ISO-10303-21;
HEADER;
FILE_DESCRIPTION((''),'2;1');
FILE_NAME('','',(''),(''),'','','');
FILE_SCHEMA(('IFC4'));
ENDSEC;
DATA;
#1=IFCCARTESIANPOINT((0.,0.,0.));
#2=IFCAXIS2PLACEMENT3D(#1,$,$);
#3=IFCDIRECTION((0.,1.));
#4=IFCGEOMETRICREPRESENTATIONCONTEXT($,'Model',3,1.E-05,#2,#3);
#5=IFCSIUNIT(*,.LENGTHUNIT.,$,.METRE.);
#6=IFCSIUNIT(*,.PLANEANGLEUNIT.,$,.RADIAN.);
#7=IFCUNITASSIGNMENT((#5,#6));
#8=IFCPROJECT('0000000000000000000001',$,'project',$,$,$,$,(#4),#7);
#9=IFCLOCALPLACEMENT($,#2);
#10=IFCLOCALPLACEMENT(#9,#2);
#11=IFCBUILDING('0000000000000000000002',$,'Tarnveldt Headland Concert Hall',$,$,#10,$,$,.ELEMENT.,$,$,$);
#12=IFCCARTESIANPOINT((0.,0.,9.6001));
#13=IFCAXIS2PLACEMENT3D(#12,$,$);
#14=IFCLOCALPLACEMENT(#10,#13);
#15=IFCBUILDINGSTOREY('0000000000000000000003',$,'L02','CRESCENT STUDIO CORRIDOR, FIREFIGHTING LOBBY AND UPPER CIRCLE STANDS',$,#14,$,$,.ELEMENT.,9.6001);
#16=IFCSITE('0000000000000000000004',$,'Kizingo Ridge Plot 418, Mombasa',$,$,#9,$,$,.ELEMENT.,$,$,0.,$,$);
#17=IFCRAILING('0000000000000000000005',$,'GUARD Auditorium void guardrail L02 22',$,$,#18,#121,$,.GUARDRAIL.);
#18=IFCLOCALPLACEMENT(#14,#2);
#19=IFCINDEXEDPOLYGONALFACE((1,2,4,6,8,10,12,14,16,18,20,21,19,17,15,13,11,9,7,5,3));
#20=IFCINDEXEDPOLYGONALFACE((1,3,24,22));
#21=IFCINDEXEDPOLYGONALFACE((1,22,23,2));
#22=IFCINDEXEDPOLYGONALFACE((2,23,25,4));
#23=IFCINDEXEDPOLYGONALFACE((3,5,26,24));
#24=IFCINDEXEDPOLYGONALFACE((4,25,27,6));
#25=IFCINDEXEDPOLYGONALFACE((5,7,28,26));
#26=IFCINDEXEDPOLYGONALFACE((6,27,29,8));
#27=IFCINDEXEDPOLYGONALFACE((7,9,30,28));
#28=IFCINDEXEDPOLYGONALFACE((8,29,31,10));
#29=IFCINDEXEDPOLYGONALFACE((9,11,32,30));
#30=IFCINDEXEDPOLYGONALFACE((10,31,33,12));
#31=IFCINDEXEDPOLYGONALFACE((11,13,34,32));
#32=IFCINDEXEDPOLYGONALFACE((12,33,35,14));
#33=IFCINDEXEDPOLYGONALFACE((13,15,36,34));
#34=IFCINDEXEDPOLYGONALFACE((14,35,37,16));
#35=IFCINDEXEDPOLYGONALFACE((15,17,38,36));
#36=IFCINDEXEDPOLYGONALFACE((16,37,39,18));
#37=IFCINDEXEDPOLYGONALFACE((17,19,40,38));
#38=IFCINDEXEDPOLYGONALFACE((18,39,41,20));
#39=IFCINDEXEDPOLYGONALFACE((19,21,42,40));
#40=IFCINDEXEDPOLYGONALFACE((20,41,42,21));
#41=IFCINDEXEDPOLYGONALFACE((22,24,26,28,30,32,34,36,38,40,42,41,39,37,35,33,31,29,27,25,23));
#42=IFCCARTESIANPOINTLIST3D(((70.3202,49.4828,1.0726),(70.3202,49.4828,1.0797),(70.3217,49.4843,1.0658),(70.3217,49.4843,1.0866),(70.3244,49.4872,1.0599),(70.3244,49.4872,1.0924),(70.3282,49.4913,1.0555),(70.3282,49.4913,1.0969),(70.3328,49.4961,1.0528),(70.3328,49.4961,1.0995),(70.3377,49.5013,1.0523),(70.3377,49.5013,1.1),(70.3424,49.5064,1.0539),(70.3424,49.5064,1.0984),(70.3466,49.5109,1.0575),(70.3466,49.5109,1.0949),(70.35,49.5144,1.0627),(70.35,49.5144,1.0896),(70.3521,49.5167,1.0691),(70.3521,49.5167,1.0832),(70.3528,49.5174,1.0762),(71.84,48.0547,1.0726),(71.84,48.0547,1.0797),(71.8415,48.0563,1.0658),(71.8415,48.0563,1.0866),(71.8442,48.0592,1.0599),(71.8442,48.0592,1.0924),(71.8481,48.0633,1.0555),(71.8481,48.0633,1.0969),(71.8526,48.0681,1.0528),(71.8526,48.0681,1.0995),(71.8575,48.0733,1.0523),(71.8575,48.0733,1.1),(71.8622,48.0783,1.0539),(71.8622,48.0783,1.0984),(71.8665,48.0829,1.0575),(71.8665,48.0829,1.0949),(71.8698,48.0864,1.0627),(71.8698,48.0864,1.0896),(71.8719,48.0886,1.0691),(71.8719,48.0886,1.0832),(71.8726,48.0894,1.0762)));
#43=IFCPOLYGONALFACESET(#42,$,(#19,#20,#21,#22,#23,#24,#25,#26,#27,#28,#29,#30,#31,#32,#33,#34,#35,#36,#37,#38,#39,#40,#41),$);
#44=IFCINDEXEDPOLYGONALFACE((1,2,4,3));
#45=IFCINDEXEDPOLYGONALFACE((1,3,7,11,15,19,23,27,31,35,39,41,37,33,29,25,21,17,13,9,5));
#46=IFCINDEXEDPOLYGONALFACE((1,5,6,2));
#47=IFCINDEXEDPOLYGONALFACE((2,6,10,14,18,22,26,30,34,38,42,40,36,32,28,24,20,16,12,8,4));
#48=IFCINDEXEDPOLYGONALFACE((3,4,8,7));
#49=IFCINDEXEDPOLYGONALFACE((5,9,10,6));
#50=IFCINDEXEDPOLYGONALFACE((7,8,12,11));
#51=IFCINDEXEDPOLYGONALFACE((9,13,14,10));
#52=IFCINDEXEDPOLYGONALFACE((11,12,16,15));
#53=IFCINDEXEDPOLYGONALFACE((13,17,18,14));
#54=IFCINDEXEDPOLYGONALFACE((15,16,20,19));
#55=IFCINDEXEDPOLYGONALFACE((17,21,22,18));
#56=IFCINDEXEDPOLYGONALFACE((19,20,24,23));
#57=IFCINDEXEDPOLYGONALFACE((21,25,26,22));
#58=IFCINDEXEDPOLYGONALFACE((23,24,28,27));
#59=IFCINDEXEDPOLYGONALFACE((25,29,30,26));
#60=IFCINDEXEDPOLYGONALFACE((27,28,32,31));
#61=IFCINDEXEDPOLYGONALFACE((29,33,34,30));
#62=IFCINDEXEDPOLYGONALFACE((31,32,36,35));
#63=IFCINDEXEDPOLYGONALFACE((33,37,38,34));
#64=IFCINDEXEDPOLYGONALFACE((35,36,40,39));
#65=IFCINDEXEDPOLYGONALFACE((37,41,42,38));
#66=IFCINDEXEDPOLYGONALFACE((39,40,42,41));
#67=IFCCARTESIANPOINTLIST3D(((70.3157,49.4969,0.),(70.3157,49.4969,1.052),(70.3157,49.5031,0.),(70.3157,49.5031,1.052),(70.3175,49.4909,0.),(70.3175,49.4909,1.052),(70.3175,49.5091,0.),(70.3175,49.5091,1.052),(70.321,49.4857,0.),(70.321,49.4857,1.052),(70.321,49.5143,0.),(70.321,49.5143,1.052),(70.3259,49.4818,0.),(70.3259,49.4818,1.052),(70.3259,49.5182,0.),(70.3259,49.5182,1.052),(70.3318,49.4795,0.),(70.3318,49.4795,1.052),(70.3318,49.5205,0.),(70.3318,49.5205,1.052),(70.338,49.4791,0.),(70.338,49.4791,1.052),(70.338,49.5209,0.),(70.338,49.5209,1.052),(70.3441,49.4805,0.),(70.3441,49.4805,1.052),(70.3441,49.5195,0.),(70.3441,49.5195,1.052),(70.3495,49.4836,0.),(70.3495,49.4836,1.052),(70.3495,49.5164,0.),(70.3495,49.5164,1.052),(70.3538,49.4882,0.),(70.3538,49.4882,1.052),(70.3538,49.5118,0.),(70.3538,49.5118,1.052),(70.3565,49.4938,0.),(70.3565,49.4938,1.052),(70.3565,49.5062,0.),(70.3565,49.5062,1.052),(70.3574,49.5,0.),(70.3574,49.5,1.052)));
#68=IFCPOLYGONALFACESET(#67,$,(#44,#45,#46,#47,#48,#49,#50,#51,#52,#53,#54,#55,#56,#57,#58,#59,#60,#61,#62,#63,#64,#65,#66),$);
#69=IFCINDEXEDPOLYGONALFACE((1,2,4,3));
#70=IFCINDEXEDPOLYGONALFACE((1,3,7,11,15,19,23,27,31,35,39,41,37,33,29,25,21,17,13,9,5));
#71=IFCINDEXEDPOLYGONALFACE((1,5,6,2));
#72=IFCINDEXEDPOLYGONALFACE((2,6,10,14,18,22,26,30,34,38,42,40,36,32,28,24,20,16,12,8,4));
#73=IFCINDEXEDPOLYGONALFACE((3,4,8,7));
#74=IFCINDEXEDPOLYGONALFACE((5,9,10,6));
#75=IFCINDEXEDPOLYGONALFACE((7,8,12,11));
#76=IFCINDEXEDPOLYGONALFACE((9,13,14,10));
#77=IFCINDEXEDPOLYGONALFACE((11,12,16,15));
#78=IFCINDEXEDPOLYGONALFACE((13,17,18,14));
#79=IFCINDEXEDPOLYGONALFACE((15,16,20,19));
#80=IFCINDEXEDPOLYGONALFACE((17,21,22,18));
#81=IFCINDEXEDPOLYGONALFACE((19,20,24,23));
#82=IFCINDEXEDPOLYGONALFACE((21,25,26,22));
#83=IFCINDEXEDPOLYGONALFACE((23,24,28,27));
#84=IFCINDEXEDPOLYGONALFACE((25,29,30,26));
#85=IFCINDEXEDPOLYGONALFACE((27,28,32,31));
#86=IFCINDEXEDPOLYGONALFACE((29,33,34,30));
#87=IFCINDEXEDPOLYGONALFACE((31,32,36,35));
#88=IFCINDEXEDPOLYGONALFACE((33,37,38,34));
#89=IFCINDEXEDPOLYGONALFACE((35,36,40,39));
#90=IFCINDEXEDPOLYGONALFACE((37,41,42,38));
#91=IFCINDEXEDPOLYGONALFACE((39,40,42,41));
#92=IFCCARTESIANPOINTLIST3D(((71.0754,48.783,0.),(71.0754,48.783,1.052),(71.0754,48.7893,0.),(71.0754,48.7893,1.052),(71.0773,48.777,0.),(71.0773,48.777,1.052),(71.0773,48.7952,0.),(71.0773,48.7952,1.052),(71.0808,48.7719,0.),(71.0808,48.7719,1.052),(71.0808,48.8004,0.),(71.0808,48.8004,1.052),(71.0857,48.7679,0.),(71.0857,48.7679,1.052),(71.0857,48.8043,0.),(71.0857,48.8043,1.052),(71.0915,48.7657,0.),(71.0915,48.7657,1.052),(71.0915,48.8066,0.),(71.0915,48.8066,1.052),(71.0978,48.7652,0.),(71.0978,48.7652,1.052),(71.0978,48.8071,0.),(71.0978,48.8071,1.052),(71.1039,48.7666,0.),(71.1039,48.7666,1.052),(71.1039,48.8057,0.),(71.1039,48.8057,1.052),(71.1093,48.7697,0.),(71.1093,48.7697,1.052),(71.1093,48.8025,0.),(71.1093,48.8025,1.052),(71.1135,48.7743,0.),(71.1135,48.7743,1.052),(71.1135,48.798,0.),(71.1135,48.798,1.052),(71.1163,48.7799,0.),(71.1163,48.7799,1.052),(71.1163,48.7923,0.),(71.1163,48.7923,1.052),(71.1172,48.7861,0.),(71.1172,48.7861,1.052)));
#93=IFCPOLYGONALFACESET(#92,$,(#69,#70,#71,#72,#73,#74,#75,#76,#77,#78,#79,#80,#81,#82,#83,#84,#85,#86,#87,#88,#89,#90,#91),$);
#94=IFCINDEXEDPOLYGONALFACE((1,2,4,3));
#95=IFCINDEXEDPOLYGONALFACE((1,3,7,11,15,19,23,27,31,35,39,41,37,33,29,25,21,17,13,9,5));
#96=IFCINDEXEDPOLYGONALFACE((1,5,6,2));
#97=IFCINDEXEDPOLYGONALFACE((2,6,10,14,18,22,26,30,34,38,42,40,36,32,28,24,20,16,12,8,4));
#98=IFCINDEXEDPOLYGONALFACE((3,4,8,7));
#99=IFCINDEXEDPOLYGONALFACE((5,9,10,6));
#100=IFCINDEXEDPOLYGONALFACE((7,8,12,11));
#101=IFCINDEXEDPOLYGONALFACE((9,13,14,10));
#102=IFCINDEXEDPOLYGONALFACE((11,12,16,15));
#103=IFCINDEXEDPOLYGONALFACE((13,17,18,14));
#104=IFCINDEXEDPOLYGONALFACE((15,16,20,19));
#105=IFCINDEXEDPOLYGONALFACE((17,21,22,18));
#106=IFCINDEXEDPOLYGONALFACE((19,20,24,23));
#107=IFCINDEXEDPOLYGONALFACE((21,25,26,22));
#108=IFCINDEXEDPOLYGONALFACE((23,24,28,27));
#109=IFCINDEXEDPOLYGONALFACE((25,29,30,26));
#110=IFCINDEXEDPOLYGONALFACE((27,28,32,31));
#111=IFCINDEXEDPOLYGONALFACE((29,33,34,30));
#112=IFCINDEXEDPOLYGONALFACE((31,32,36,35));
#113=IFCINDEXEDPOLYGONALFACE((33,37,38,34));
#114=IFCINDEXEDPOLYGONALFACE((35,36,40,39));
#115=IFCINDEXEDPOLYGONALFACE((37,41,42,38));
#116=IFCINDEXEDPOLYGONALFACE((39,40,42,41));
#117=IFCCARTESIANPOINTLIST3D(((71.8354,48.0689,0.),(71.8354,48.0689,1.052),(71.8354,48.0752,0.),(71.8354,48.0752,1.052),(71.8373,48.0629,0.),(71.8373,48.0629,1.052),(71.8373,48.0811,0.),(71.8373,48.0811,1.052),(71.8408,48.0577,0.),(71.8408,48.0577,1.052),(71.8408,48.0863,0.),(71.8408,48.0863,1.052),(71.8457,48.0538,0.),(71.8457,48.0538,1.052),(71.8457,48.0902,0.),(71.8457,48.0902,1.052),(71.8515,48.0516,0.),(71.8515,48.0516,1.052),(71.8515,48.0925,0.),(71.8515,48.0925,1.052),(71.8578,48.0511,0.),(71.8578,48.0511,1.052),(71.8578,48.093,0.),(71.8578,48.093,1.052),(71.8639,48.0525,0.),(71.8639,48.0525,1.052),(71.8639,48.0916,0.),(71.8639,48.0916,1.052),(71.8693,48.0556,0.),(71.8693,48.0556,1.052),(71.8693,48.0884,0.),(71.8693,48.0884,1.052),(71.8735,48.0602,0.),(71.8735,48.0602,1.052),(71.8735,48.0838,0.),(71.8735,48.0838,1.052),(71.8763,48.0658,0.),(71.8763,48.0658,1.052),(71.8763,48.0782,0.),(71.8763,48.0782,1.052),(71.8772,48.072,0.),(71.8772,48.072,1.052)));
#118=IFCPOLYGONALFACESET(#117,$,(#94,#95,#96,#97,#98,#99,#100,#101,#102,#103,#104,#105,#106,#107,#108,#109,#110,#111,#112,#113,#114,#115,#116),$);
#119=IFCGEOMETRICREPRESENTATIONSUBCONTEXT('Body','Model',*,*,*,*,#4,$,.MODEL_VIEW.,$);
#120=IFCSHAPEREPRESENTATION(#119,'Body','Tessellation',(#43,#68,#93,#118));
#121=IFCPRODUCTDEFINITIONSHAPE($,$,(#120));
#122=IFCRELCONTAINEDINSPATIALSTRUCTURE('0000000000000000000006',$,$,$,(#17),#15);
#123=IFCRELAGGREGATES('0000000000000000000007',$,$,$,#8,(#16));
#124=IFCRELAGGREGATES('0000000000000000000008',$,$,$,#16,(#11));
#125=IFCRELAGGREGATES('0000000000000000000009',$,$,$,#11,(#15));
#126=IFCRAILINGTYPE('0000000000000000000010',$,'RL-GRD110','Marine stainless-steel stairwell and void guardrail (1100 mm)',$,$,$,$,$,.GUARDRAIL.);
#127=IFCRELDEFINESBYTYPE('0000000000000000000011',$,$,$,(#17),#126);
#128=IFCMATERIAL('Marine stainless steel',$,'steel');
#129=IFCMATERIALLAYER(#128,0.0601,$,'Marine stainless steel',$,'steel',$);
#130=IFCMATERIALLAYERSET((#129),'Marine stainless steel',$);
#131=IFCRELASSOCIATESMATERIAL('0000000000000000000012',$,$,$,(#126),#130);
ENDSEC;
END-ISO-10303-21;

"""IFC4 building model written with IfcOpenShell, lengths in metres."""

from ifc_helpers import new_model, si_unit, direction, frame, origin, origin_2d, place, context, subcontext, project, spatial, circle, extrude, material, layer, layer_set, type_object, element, save


model = new_model("IFC4")

# Units and contexts
model_context = context("Model", 3, precision=1e-05, world=origin(), true_north=direction((0.0, 1.0)))
body_context = subcontext(model_context, "Body", "Model", "MODEL_VIEW")
ifc_project = project(units=[si_unit("LENGTHUNIT", "METRE"), si_unit("PLANEANGLEUNIT", "RADIAN")], contexts=[model_context])

# Site, building, storey
site_placement = place(None, origin())
site = spatial("IfcSite", under=ifc_project, at=site_placement, Name="Kizingo Ridge Plot 418, Mombasa", CompositionType="ELEMENT", RefElevation=0.0)
building_placement = place(site_placement, origin())
building = spatial("IfcBuilding", under=site, at=building_placement, Name="Tarnveldt Headland Concert Hall", CompositionType="ELEMENT")
storey_placement = place(building_placement, frame((0.0, 0.0, 9.6001)))
storey = spatial("IfcBuildingStorey", under=building, at=storey_placement, Name="L02", Description="CRESCENT STUDIO CORRIDOR, FIREFIGHTING LOBBY AND UPPER CIRCLE STANDS", CompositionType="ELEMENT", Elevation=9.6001)

# Railing
ifc_material_1 = material(Name="Marine stainless steel", Category="steel")
ifc_layer_1 = layer(ifc_material_1, 0.0601, Name="Marine stainless steel", Category="steel")
ifc_layer_set_1 = layer_set([ifc_layer_1], Name="Marine stainless steel")
railing_type = type_object("IfcRailingType", Name="RL-GRD110", Description="Marine stainless-steel stairwell and void guardrail (1100 mm)", PredefinedType="GUARDRAIL", material=ifc_layer_set_1)
railing_1_placement = place(storey_placement, frame((70.3364, 49.5, 0.0)))
element("IfcRailing", 1, at=railing_1_placement, inside=storey, type_object=railing_type, Name="GUARD Auditorium void guardrail L02 22", PredefinedType="GUARDRAIL", context=body_context, shape_type="SweptSolid", body=[
    extrude(circle(Radius=0.0239, at=origin_2d()), frame((0.0, 0.0, 1.0762), z_axis=(0.728774, -0.684755, 0.0), x_axis=(0.684755, 0.728774, 0.0)), (0.0, 0.0, 1.0), 2.0854),
    extrude(circle(Radius=0.021, at=origin_2d()), origin(), (0.0, 0.0, 1.0), 1.052),
    extrude(circle(Radius=0.021, at=origin_2d()), frame((0.7598, -0.7139, 0.0)), (0.0, 0.0, 1.0), 1.052),
    extrude(circle(Radius=0.021, at=origin_2d()), frame((1.5198, -1.428, 0.0)), (0.0, 0.0, 1.0), 1.052),
])

save(model, "model.ifc")
